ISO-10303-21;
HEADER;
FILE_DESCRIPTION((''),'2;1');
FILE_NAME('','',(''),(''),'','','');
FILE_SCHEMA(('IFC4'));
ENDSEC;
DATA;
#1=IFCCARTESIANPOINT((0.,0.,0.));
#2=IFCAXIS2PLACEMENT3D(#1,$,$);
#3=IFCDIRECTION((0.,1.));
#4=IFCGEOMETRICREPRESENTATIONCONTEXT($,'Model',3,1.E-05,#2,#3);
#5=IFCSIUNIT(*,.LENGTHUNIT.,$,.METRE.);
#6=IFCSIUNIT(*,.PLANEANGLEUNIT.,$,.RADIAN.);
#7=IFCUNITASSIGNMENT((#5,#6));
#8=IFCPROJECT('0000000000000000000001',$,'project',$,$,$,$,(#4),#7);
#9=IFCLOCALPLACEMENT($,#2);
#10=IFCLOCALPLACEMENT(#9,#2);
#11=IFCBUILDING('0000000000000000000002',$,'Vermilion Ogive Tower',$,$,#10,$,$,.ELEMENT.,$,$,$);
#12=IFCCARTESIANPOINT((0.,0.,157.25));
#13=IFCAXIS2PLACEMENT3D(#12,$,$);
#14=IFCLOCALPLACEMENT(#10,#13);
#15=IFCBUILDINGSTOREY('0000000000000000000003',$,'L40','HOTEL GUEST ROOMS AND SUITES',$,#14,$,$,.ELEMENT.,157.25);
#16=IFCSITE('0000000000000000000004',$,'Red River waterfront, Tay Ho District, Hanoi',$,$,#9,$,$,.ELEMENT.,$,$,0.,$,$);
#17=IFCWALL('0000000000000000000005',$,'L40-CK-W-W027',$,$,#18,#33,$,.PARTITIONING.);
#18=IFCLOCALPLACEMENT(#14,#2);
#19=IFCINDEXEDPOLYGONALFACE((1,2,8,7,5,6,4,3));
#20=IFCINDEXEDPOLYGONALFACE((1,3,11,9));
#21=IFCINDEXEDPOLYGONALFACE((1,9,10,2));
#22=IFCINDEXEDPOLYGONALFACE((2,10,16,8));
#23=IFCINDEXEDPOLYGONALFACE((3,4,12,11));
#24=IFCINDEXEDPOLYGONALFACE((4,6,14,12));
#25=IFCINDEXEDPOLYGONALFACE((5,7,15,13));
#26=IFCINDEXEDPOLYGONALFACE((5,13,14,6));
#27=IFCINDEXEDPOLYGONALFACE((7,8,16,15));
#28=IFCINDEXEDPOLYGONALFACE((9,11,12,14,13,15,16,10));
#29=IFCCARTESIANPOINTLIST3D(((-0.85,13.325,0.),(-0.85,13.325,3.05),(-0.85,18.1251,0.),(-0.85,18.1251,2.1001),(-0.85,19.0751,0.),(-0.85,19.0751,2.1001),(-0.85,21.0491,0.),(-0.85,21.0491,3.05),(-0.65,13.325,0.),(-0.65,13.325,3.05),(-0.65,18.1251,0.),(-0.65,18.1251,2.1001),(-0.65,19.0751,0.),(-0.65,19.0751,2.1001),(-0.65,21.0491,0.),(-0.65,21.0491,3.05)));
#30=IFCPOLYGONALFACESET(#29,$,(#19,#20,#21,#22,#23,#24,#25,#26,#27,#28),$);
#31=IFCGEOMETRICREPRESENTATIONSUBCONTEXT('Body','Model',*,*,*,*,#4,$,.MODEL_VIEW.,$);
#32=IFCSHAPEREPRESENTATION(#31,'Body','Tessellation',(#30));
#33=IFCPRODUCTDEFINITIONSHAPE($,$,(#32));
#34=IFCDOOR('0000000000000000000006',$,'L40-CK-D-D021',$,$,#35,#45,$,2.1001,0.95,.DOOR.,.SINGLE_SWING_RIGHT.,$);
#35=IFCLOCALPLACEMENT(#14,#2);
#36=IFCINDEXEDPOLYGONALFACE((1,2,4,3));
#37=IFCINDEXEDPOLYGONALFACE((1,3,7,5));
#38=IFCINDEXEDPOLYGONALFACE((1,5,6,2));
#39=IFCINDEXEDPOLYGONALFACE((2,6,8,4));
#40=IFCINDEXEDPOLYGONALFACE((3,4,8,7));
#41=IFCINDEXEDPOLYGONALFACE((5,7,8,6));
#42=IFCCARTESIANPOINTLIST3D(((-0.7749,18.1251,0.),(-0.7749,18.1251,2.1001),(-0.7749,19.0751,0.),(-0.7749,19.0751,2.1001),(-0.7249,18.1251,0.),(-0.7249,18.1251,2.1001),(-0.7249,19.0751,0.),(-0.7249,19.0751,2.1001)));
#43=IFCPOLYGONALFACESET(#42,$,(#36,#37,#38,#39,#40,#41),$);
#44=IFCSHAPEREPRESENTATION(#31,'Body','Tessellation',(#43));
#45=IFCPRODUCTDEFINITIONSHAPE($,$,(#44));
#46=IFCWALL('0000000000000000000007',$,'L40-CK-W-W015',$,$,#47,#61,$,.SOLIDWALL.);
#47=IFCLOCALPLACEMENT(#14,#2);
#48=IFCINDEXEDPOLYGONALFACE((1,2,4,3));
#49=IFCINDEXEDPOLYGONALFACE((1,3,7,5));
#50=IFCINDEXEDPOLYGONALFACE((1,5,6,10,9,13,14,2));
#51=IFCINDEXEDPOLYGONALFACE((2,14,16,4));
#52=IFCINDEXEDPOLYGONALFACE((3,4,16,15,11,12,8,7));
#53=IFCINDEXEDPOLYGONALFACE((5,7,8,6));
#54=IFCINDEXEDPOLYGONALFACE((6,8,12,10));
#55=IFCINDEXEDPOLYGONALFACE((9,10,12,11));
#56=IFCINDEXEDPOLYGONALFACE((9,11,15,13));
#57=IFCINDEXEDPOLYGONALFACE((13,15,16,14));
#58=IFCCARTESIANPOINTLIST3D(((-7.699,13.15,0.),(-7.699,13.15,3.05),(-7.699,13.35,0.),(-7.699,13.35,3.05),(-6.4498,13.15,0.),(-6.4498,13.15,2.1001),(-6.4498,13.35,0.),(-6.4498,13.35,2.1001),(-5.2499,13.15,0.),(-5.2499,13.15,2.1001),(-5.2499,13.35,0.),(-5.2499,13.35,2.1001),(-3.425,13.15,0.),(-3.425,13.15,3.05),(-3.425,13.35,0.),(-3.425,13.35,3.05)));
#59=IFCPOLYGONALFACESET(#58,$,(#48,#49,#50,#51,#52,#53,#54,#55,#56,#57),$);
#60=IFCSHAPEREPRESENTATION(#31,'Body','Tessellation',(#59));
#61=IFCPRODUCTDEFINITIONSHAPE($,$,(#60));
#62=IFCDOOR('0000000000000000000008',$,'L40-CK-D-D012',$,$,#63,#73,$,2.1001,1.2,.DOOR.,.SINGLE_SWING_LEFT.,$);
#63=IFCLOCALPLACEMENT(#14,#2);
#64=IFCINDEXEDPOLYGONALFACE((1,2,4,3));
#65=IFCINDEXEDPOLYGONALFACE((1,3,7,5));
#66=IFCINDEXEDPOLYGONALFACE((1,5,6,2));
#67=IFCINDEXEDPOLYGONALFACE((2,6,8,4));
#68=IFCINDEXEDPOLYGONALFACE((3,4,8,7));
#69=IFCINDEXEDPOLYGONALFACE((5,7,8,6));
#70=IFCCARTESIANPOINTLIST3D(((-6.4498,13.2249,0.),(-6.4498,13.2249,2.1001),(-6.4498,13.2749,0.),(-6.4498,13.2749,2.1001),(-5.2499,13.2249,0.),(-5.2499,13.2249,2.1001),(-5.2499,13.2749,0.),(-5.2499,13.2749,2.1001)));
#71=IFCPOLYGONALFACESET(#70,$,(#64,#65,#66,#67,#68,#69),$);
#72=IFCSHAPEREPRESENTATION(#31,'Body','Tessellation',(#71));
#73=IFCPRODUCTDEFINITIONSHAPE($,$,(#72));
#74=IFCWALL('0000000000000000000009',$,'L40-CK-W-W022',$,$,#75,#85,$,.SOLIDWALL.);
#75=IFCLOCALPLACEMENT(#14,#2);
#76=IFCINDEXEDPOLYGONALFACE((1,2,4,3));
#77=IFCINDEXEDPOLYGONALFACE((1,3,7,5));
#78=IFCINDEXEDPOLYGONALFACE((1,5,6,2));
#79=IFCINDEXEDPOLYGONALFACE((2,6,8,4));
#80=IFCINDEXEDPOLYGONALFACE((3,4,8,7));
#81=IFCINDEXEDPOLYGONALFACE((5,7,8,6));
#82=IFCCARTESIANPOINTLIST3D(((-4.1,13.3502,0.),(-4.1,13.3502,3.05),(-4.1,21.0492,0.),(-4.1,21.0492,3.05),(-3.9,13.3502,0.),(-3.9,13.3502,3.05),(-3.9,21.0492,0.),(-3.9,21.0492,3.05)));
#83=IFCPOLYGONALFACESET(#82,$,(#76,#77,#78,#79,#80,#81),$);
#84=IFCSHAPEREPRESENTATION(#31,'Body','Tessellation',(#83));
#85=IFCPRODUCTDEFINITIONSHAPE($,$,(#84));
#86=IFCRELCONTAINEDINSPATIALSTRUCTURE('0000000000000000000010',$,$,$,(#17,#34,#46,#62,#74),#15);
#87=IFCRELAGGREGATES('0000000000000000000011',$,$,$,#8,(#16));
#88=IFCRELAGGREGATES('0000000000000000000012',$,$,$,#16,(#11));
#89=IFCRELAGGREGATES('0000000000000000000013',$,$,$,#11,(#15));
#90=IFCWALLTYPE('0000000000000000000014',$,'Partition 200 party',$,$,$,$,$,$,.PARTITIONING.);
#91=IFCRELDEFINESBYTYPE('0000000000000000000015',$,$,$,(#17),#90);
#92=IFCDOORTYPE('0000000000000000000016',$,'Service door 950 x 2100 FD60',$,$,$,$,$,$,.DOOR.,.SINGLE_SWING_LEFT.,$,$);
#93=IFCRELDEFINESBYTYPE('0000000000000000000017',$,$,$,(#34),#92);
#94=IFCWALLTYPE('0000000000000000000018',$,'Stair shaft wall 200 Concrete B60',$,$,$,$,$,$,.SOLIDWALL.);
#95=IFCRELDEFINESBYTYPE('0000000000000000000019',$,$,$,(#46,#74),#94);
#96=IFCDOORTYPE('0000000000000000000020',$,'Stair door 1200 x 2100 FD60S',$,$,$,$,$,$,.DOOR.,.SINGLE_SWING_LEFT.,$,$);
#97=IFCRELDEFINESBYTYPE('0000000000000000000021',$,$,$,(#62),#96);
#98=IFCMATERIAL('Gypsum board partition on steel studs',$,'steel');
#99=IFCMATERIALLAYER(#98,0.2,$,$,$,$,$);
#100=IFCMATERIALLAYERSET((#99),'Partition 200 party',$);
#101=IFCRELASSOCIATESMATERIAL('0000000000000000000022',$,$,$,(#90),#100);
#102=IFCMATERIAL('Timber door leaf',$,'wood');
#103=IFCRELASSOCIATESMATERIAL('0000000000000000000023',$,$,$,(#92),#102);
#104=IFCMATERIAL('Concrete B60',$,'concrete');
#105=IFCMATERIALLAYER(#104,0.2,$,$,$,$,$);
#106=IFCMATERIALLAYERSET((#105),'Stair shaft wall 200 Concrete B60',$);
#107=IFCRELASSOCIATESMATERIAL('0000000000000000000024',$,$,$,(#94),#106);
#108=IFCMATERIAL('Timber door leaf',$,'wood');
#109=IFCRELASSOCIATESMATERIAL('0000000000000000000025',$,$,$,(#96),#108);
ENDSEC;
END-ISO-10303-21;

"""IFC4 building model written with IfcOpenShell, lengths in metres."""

from ifc_helpers import new_model, si_unit, direction, frame, frame_2d, origin, place, context, subcontext, project, spatial, rectangle, extrude, material, layer, layer_set, type_object, element, fill, save


model = new_model("IFC4")

# Units and contexts
model_context = context("Model", 3, precision=1e-05, world=origin(), true_north=direction((0.0, 1.0)))
body_context = subcontext(model_context, "Body", "Model", "MODEL_VIEW")
ifc_project = project(units=[si_unit("LENGTHUNIT", "METRE"), si_unit("PLANEANGLEUNIT", "RADIAN")], contexts=[model_context])

# Site, building, storey
site_placement = place(None, origin())
site = spatial("IfcSite", under=ifc_project, at=site_placement, Name="Red River waterfront, Tay Ho District, Hanoi", CompositionType="ELEMENT", RefElevation=0.0)
building_placement = place(site_placement, origin())
building = spatial("IfcBuilding", under=site, at=building_placement, Name="Vermilion Ogive Tower", CompositionType="ELEMENT")
storey_placement = place(building_placement, frame((0.0, 0.0, 157.25)))
storey = spatial("IfcBuildingStorey", under=building, at=storey_placement, Name="L40", Description="HOTEL GUEST ROOMS AND SUITES", CompositionType="ELEMENT", Elevation=157.25)

# Shared definitions
ifc_material_1 = material(Name="Gypsum board partition on steel studs", Category="steel")
ifc_layer_1 = layer(ifc_material_1, 0.2)
ifc_layer_set_1 = layer_set([ifc_layer_1], Name="Partition 200 party")
wall_type_1 = type_object("IfcWallType", Name="Partition 200 party", PredefinedType="PARTITIONING", material=ifc_layer_set_1)

# Walls, openings, doors
wall_1_placement = place(storey_placement, frame((-0.75, 13.325, 0.0), z_axis=(0.0, 0.0, 1.0), x_axis=(0.0, 1.0, 0.0)))
wall_1 = element("IfcWall", 1, at=wall_1_placement, inside=storey, type_object=wall_type_1, Name="L40-CK-W-W027", PredefinedType="PARTITIONING", context=body_context, shape_type="SweptSolid", body=[
    extrude(rectangle(XDim=7.7241, YDim=0.2, at=frame_2d((3.8621, 0.0))), origin(), (0.0, 0.0, 1.0), 3.05),
])
opening_1_placement = place(wall_1_placement, frame((4.8, 0.0, 0.0)))
opening_1 = element("IfcOpeningElement", 2, at=opening_1_placement, cuts=wall_1, PredefinedType="OPENING", context=body_context, shape_type="SweptSolid", body=[
    extrude(rectangle(XDim=0.95, YDim=2.1001, at=frame_2d((0.4751, 1.05))), frame((0.0, 0.1099, 0.0), z_axis=(0.0, -1.0, 0.0), x_axis=(1.0, 0.0, 0.0)), (0.0, 0.0, 1.0), 0.22),
])
ifc_material_2 = material(Name="Timber door leaf", Category="wood")
door_type_1 = type_object("IfcDoorType", Name="Service door 950 x 2100 FD60", OperationType="SINGLE_SWING_LEFT", PredefinedType="DOOR", material=ifc_material_2)
door_1_placement = place(opening_1_placement, origin())
door_1 = element("IfcDoor", 3, at=door_1_placement, inside=storey, type_object=door_type_1, Name="L40-CK-D-D021", OperationType="SINGLE_SWING_RIGHT", OverallHeight=2.1001, OverallWidth=0.95, PredefinedType="DOOR", context=body_context, shape_type="SweptSolid", body=[
    extrude(rectangle(XDim=0.95, YDim=2.1001, at=frame_2d((0.4751, 1.05))), frame((0.0, 0.0249, 0.0), z_axis=(0.0, -1.0, 0.0), x_axis=(1.0, 0.0, 0.0)), (0.0, 0.0, 1.0), 0.05),
])
fill(opening_1, door_1)
ifc_material_3 = material(Name="Concrete B60", Category="concrete")
ifc_layer_2 = layer(ifc_material_3, 0.2)
ifc_layer_set_2 = layer_set([ifc_layer_2], Name="Stair shaft wall 200 Concrete B60")
wall_type_2 = type_object("IfcWallType", Name="Stair shaft wall 200 Concrete B60", PredefinedType="SOLIDWALL", material=ifc_layer_set_2)
wall_2_placement = place(storey_placement, frame((-7.699, 13.25, 0.0), z_axis=(0.0, 0.0, 1.0), x_axis=(1.0, 0.0, 0.0)))
wall_2 = element("IfcWall", 4, at=wall_2_placement, inside=storey, type_object=wall_type_2, Name="L40-CK-W-W015", PredefinedType="SOLIDWALL", context=body_context, shape_type="SweptSolid", body=[
    extrude(rectangle(XDim=4.2739, YDim=0.2, at=frame_2d((2.137, 0.0))), origin(), (0.0, 0.0, 1.0), 3.05),
])
opening_2_placement = place(wall_2_placement, frame((1.249, 0.0, 0.0)))
opening_2 = element("IfcOpeningElement", 5, at=opening_2_placement, cuts=wall_2, PredefinedType="OPENING", context=body_context, shape_type="SweptSolid", body=[
    extrude(rectangle(XDim=1.2, YDim=2.1001, at=frame_2d((0.6001, 1.05))), frame((0.0, 0.1099, 0.0), z_axis=(0.0, -1.0, 0.0), x_axis=(1.0, 0.0, 0.0)), (0.0, 0.0, 1.0), 0.22),
])
ifc_material_4 = material(Name="Timber door leaf", Category="wood")
door_type_2 = type_object("IfcDoorType", Name="Stair door 1200 x 2100 FD60S", OperationType="SINGLE_SWING_LEFT", PredefinedType="DOOR", material=ifc_material_4)
door_2_placement = place(opening_2_placement, origin())
door_2 = element("IfcDoor", 6, at=door_2_placement, inside=storey, type_object=door_type_2, Name="L40-CK-D-D012", OperationType="SINGLE_SWING_LEFT", OverallHeight=2.1001, OverallWidth=1.2, PredefinedType="DOOR", context=body_context, shape_type="SweptSolid", body=[
    extrude(rectangle(XDim=1.2, YDim=2.1001, at=frame_2d((0.6001, 1.05))), frame((0.0, 0.0249, 0.0), z_axis=(0.0, -1.0, 0.0), x_axis=(1.0, 0.0, 0.0)), (0.0, 0.0, 1.0), 0.05),
])
fill(opening_2, door_2)

# Wall
wall_3_placement = place(storey_placement, frame((-4.0, 13.3501, 0.0), z_axis=(0.0, 0.0, 1.0), x_axis=(0.0, 1.0, 0.0)))
element("IfcWall", 7, at=wall_3_placement, inside=storey, type_object=wall_type_2, Name="L40-CK-W-W022", PredefinedType="SOLIDWALL", context=body_context, shape_type="SweptSolid", body=[
    extrude(rectangle(XDim=7.699, YDim=0.2, at=frame_2d((3.8496, 0.0))), origin(), (0.0, 0.0, 1.0), 3.05),
])

save(model, "model.ifc")
